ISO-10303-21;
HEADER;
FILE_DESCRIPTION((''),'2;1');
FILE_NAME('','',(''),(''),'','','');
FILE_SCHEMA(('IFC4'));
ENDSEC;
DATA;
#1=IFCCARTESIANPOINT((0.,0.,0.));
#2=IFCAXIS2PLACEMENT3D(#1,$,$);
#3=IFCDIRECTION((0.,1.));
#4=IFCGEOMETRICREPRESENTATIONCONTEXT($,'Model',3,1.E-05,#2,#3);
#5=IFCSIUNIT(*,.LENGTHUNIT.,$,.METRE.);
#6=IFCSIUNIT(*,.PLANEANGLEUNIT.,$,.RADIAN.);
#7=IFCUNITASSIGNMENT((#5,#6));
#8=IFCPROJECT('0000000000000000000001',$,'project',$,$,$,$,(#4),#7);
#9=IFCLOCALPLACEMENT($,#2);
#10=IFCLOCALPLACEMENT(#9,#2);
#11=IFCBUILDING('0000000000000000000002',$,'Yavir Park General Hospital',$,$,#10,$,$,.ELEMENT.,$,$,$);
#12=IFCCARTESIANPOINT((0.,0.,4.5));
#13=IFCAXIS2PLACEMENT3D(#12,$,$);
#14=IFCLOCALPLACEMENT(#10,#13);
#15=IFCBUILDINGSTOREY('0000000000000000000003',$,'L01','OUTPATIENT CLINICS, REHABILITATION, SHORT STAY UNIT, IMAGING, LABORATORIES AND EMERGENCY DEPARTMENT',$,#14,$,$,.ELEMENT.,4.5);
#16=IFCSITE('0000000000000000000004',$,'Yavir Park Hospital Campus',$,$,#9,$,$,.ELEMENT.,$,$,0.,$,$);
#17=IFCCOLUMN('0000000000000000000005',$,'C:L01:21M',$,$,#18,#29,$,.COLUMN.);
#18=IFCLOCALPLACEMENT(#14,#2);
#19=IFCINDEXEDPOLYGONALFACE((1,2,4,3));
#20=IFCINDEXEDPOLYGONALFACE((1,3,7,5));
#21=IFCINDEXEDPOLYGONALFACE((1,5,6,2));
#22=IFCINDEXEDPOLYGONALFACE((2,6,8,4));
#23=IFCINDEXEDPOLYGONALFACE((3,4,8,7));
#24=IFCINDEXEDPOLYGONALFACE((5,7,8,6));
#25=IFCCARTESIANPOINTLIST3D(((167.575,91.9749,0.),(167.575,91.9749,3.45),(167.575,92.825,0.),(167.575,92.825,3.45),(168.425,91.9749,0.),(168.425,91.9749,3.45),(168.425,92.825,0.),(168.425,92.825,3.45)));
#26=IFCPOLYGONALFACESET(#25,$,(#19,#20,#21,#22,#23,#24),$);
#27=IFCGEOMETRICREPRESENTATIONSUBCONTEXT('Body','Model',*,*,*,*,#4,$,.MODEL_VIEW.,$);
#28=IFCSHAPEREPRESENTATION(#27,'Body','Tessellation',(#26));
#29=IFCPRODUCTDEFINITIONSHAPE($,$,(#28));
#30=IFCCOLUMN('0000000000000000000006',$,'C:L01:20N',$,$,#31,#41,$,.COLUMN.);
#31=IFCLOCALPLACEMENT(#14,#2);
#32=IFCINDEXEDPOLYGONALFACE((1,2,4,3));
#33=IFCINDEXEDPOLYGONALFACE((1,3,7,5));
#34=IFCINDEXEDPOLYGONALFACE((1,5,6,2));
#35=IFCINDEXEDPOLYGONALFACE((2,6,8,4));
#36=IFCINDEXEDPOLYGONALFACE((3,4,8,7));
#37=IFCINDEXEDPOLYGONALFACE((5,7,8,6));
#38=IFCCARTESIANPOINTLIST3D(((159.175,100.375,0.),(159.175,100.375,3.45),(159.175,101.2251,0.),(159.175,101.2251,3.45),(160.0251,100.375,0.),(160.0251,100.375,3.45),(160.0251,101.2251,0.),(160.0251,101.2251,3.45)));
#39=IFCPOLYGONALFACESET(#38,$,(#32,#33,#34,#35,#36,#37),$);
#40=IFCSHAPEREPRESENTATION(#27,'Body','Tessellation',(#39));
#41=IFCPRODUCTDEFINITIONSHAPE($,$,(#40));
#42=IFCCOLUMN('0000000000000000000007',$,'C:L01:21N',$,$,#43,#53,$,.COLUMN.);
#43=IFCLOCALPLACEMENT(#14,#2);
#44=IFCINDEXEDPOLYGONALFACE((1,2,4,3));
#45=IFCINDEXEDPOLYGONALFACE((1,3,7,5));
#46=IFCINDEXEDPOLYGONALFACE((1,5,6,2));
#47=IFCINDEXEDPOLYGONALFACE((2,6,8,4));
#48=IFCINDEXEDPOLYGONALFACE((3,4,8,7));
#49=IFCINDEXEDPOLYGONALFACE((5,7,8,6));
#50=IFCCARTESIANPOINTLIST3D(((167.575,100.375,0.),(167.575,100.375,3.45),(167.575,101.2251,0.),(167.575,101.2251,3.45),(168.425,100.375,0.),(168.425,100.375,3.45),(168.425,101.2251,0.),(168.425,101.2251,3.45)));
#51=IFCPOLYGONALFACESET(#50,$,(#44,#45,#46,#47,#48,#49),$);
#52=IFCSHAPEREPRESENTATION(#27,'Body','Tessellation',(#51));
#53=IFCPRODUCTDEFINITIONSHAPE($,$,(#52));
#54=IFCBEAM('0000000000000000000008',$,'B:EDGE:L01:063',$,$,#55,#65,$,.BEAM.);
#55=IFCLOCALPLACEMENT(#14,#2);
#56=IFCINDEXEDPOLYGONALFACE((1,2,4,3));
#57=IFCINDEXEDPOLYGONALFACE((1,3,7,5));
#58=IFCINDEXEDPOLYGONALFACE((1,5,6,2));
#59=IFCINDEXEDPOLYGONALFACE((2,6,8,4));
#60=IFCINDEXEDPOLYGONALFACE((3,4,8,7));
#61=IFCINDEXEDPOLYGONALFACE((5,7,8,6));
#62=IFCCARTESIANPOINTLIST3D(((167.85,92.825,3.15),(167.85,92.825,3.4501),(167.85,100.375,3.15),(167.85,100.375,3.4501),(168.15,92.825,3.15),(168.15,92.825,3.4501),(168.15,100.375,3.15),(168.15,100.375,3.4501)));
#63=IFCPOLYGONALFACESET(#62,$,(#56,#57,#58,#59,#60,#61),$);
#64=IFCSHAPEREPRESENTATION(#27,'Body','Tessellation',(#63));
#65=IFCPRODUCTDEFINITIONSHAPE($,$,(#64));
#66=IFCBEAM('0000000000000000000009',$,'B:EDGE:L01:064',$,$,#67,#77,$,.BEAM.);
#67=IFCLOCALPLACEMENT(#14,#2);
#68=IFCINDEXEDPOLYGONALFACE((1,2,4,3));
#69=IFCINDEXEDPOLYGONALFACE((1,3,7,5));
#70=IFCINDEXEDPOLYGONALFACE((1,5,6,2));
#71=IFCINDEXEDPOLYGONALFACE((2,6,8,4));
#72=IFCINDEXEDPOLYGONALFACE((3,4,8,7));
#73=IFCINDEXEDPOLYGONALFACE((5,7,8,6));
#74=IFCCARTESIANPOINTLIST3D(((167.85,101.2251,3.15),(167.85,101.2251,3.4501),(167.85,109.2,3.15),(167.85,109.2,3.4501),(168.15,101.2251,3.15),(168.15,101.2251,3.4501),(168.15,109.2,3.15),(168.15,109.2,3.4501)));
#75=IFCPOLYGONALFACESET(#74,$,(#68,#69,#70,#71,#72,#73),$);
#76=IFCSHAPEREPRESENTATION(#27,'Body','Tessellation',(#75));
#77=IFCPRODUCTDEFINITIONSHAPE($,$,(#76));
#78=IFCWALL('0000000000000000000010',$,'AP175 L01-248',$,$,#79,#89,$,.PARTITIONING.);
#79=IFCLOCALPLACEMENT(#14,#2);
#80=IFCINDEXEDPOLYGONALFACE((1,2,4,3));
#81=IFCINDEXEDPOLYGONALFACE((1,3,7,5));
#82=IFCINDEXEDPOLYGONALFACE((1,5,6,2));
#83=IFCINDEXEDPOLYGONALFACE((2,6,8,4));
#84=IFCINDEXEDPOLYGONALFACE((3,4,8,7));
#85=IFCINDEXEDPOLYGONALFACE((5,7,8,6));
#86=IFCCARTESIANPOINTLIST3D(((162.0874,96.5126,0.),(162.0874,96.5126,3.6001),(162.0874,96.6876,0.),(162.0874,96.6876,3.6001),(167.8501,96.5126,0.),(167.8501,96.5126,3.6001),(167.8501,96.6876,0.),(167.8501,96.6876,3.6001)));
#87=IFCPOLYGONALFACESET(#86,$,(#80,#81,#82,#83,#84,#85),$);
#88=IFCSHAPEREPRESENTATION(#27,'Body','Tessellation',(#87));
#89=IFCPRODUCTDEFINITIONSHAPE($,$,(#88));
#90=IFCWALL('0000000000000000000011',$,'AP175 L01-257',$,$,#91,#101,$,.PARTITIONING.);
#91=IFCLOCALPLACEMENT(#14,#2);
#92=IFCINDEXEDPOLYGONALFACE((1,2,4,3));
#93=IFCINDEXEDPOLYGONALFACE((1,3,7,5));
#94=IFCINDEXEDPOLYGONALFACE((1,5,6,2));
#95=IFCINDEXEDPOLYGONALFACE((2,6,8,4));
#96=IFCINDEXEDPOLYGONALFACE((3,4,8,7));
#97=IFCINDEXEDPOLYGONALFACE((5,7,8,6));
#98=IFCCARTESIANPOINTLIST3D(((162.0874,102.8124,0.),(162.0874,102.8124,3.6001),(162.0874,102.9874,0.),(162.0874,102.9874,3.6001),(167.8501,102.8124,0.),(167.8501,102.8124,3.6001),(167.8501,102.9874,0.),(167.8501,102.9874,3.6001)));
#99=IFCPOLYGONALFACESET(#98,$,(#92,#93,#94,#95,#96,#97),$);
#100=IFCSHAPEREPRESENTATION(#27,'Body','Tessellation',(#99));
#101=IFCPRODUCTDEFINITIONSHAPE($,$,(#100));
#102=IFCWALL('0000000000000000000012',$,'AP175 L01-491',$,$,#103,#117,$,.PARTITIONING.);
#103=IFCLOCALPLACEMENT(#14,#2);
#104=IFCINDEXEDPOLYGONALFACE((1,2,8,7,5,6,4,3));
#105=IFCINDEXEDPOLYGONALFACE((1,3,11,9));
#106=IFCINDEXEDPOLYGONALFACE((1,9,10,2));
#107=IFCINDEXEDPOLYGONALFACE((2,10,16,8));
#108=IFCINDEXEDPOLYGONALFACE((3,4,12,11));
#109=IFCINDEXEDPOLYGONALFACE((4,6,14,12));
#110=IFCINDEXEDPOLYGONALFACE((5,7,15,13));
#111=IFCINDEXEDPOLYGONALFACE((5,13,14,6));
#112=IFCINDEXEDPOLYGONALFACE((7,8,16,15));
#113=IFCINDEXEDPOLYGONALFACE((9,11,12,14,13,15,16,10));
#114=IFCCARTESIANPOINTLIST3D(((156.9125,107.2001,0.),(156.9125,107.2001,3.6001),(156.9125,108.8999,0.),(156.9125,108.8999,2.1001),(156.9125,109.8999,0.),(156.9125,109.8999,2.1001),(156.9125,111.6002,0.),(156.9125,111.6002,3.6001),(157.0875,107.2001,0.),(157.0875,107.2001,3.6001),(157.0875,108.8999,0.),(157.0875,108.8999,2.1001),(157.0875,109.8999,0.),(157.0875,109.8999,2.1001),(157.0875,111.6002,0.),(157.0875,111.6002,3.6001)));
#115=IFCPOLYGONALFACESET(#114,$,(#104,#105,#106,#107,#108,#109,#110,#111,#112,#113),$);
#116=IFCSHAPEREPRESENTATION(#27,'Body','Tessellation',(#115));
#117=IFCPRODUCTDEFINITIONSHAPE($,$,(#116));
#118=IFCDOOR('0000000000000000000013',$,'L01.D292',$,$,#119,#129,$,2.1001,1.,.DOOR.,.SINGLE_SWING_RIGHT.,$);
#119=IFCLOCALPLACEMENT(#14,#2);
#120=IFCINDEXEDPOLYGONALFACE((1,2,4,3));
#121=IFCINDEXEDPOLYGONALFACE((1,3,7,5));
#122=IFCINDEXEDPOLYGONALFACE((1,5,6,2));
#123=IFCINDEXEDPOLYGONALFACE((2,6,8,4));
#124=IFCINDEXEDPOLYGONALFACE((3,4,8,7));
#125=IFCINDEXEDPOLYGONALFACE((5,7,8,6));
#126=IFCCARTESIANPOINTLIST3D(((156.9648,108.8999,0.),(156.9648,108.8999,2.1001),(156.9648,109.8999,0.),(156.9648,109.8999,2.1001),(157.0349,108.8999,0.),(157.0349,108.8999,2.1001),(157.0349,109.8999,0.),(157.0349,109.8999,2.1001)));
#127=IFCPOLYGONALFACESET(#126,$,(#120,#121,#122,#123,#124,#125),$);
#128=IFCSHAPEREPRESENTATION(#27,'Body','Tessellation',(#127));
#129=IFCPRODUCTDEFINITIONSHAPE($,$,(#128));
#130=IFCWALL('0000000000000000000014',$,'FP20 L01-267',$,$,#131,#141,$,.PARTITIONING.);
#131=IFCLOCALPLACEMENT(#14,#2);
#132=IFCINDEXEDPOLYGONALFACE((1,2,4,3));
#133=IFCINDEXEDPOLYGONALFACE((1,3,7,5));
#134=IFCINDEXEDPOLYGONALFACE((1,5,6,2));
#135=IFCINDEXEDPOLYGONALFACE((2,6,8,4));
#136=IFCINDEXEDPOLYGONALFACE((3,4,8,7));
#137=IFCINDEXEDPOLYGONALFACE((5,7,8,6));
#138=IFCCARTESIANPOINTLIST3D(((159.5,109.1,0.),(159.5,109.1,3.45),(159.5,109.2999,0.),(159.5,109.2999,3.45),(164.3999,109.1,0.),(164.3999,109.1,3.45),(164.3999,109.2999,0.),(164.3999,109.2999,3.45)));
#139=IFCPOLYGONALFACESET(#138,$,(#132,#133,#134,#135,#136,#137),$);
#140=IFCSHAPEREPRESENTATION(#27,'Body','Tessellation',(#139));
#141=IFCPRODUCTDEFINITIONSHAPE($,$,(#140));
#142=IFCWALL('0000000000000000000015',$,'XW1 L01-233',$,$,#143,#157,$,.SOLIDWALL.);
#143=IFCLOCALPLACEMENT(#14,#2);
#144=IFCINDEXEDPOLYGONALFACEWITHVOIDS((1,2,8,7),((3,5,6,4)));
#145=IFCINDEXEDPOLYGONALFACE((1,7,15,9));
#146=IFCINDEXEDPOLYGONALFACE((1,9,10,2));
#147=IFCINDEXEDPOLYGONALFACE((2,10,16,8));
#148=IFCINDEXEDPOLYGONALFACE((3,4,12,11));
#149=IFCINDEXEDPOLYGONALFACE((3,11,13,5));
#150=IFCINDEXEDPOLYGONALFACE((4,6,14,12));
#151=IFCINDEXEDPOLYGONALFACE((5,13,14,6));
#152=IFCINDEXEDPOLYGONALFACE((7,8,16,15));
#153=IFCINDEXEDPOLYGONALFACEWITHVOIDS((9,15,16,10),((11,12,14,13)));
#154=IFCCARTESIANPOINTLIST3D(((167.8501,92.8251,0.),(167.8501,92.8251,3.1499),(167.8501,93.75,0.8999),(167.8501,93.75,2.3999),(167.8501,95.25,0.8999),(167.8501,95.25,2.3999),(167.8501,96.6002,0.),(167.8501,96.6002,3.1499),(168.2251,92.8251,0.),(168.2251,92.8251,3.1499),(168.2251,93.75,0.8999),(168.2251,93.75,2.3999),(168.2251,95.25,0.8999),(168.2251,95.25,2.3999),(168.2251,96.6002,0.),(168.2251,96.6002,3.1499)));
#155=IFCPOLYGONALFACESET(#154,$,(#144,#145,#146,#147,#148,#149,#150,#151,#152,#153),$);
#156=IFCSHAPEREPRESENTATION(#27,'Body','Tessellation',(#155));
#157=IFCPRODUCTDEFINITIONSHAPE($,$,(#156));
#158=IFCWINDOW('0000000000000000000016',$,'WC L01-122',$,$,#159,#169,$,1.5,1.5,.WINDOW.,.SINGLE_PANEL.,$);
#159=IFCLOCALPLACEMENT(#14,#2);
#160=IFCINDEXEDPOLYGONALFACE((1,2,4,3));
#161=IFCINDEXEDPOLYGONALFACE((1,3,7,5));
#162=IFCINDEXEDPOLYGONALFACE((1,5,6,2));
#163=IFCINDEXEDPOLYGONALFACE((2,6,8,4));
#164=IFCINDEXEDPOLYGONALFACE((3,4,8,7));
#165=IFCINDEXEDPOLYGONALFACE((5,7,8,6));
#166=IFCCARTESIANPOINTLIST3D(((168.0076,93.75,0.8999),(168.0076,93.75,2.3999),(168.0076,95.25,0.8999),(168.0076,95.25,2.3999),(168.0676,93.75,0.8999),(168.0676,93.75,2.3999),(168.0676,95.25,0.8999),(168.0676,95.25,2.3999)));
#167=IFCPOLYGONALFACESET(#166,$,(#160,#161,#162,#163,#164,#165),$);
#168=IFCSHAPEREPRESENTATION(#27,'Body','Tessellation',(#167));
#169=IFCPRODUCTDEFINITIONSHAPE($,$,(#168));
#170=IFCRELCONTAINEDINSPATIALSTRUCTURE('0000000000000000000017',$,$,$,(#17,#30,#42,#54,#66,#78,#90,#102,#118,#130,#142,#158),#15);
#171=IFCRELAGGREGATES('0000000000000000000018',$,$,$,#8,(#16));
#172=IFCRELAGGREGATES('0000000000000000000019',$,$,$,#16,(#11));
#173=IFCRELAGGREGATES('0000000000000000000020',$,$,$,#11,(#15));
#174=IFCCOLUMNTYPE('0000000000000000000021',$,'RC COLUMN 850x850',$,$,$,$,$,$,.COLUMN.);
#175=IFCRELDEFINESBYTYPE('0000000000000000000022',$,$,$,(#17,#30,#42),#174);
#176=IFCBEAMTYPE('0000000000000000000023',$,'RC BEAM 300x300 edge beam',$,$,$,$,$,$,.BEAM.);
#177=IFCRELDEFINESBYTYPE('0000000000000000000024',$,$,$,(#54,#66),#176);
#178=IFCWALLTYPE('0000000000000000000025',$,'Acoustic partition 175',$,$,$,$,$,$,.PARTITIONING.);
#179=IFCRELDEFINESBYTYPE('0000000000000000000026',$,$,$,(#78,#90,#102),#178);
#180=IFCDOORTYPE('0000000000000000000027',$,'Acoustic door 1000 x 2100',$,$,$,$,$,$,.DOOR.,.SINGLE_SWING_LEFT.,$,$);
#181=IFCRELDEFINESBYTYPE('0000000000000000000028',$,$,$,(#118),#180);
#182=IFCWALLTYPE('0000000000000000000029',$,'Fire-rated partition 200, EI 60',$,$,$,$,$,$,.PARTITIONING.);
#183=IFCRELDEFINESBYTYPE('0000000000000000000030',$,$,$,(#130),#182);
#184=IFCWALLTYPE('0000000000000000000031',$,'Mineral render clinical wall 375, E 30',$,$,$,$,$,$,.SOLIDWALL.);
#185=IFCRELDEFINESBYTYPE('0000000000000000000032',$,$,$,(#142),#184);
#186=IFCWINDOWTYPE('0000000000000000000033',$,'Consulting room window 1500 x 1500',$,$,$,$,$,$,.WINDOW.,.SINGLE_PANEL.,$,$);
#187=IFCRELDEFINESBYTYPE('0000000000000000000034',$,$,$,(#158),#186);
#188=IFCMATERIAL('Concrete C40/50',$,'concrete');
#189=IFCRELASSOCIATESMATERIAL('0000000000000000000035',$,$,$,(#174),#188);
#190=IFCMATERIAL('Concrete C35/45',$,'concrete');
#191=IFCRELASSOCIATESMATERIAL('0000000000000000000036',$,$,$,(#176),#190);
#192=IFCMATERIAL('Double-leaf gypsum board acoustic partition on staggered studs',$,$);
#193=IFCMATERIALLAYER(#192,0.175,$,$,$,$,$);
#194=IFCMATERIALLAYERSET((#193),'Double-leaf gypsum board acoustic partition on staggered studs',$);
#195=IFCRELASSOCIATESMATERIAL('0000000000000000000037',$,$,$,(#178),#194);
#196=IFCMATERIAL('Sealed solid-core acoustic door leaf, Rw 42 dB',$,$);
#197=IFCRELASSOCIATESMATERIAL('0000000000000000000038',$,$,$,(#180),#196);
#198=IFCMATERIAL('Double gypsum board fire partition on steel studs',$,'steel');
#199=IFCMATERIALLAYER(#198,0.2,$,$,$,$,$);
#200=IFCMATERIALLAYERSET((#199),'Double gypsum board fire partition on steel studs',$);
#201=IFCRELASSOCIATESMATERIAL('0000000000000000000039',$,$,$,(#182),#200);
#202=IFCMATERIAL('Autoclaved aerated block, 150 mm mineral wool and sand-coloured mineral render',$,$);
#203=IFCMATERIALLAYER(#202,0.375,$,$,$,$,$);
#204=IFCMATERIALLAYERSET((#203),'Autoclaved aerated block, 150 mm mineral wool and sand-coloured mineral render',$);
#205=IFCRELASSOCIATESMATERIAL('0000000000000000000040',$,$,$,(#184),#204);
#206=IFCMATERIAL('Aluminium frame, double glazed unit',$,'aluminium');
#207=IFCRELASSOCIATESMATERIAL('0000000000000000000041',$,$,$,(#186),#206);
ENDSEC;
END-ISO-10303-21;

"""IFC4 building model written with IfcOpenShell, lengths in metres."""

from ifc_helpers import new_model, si_unit, direction, frame, frame_2d, origin, origin_2d, place, context, subcontext, project, spatial, rectangle, extrude, material, layer, layer_set, material_profile, profile_set, type_object, element, fill, save


model = new_model("IFC4")

# Units and contexts
model_context = context("Model", 3, precision=1e-05, world=origin(), true_north=direction((0.0, 1.0)))
body_context = subcontext(model_context, "Body", "Model", "MODEL_VIEW")
ifc_project = project(units=[si_unit("LENGTHUNIT", "METRE"), si_unit("PLANEANGLEUNIT", "RADIAN")], contexts=[model_context])

# Site, building, storey
site_placement = place(None, origin())
site = spatial("IfcSite", under=ifc_project, at=site_placement, Name="Yavir Park Hospital Campus", CompositionType="ELEMENT", RefElevation=0.0)
building_placement = place(site_placement, origin())
building = spatial("IfcBuilding", under=site, at=building_placement, Name="Yavir Park General Hospital", CompositionType="ELEMENT")
storey_placement = place(building_placement, frame((0.0, 0.0, 4.5)))
storey = spatial("IfcBuildingStorey", under=building, at=storey_placement, Name="L01", Description="OUTPATIENT CLINICS, REHABILITATION, SHORT STAY UNIT, IMAGING, LABORATORIES AND EMERGENCY DEPARTMENT", CompositionType="ELEMENT", Elevation=4.5)

# Columns
ifc_material_1 = material(Name="Concrete C40/50", Category="concrete")
ifc_material_profile_1 = material_profile(ifc_material_1, rectangle(XDim=0.8501, YDim=0.8501, at=origin_2d()), Name="RC850x850")
ifc_profile_set_1 = profile_set([ifc_material_profile_1], Name="Concrete C40/50")
column_type = type_object("IfcColumnType", Name="RC COLUMN 850x850", PredefinedType="COLUMN", material=ifc_profile_set_1)
for number, where, z_axis, x_axis, name in (
    (1, (168.0, 92.3999, 0.0), (0.0, 0.0, 1.0), (1.0, 0.0, 0.0), "C:L01:21M"),
    (2, (159.6001, 100.8, 0.0), (0.0, 0.0, 1.0), (1.0, 0.0, 0.0), "C:L01:20N"),
    (3, (168.0, 100.8, 0.0), (0.0, 0.0, 1.0), (1.0, 0.0, 0.0), "C:L01:21N"),
):
    element("IfcColumn", number, at=place(storey_placement, frame(where, z_axis=z_axis, x_axis=x_axis)), inside=storey, type_object=column_type, Name=name, PredefinedType="COLUMN", context=body_context, shape_type="SweptSolid", body=[
        extrude(rectangle(XDim=0.8501, YDim=0.8501, at=origin_2d()), origin(), (0.0, 0.0, 1.0), 3.45),
    ])

# Beams
ifc_material_2 = material(Name="Concrete C35/45", Category="concrete")
ifc_material_profile_2 = material_profile(ifc_material_2, rectangle(XDim=0.3, YDim=0.3, at=origin_2d()), Name="RC300x300")
ifc_profile_set_2 = profile_set([ifc_material_profile_2], Name="Concrete C35/45")
beam_type = type_object("IfcBeamType", Name="RC BEAM 300x300 edge beam", PredefinedType="BEAM", material=ifc_profile_set_2)
beam_1_placement = place(storey_placement, frame((168.0, 92.825, 3.3), z_axis=(0.0, 1.0, 0.0), x_axis=(-1.0, 0.0, 0.0)))
element("IfcBeam", 4, at=beam_1_placement, inside=storey, type_object=beam_type, Name="B:EDGE:L01:063", PredefinedType="BEAM", context=body_context, shape_type="SweptSolid", body=[
    extrude(rectangle(XDim=0.3, YDim=0.3, at=origin_2d()), origin(), (0.0, 0.0, 1.0), 7.55),
])
beam_2_placement = place(storey_placement, frame((168.0, 101.2251, 3.3), z_axis=(0.0, 1.0, 0.0), x_axis=(-1.0, 0.0, 0.0)))
element("IfcBeam", 5, at=beam_2_placement, inside=storey, type_object=beam_type, Name="B:EDGE:L01:064", PredefinedType="BEAM", context=body_context, shape_type="SweptSolid", body=[
    extrude(rectangle(XDim=0.3, YDim=0.3, at=origin_2d()), origin(), (0.0, 0.0, 1.0), 7.9749),
])

# Walls
ifc_material_3 = material(Name="Double-leaf gypsum board acoustic partition on staggered studs")
ifc_layer_1 = layer(ifc_material_3, 0.175)
ifc_layer_set_1 = layer_set([ifc_layer_1], Name="Double-leaf gypsum board acoustic partition on staggered studs")
wall_type_1 = type_object("IfcWallType", Name="Acoustic partition 175", PredefinedType="PARTITIONING", material=ifc_layer_set_1)
for number, where, z_axis, x_axis, name in (
    (6, (162.0874, 96.6001, 0.0), (0.0, 0.0, 1.0), (1.0, 0.0, 0.0), "AP175 L01-248"),
    (7, (162.0874, 102.8999, 0.0), (0.0, 0.0, 1.0), (1.0, 0.0, 0.0), "AP175 L01-257"),
):
    element("IfcWall", number, at=place(storey_placement, frame(where, z_axis=z_axis, x_axis=x_axis)), inside=storey, type_object=wall_type_1, Name=name, PredefinedType="PARTITIONING", context=body_context, shape_type="SweptSolid", body=[
        extrude(rectangle(XDim=5.7627, YDim=0.175, at=frame_2d((2.8813, 0.0))), origin(), (0.0, 0.0, 1.0), 3.6001),
    ])

# Wall, opening, door
wall_1_placement = place(storey_placement, frame((157.0, 107.2, 0.0), z_axis=(0.0, 0.0, 1.0), x_axis=(0.0, 1.0, 0.0)))
wall_1 = element("IfcWall", 8, at=wall_1_placement, inside=storey, type_object=wall_type_1, Name="AP175 L01-491", PredefinedType="PARTITIONING", context=body_context, shape_type="SweptSolid", body=[
    extrude(rectangle(XDim=4.4001, YDim=0.175, at=frame_2d((2.2002, 0.0))), origin(), (0.0, 0.0, 1.0), 3.6001),
])
opening_1_placement = place(wall_1_placement, frame((1.7, 0.0, 0.0)))
opening_1 = element("IfcOpeningElement", 9, at=opening_1_placement, cuts=wall_1, PredefinedType="OPENING", context=body_context, shape_type="SweptSolid", body=[
    extrude(rectangle(XDim=1.0, YDim=2.1001, at=frame_2d((0.5, 1.05))), frame((0.0, 0.0974, 0.0), z_axis=(0.0, -1.0, 0.0), x_axis=(1.0, 0.0, 0.0)), (0.0, 0.0, 1.0), 0.1951),
])
ifc_material_4 = material(Name="Sealed solid-core acoustic door leaf, Rw 42 dB")
door_type = type_object("IfcDoorType", Name="Acoustic door 1000 x 2100", OperationType="SINGLE_SWING_LEFT", PredefinedType="DOOR", material=ifc_material_4)
door_placement = place(opening_1_placement, origin())
door = element("IfcDoor", 10, at=door_placement, inside=storey, type_object=door_type, Name="L01.D292", OperationType="SINGLE_SWING_RIGHT", OverallHeight=2.1001, OverallWidth=1.0, PredefinedType="DOOR", context=body_context, shape_type="SweptSolid", body=[
    extrude(rectangle(XDim=1.0, YDim=2.1001, at=frame_2d((0.5, 1.05))), frame((0.0, 0.0352, 0.0), z_axis=(0.0, -1.0, 0.0), x_axis=(1.0, 0.0, 0.0)), (0.0, 0.0, 1.0), 0.0701),
])
fill(opening_1, door)

# Wall
ifc_material_5 = material(Name="Double gypsum board fire partition on steel studs", Category="steel")
ifc_layer_2 = layer(ifc_material_5, 0.2)
ifc_layer_set_2 = layer_set([ifc_layer_2], Name="Double gypsum board fire partition on steel studs")
wall_type_2 = type_object("IfcWallType", Name="Fire-rated partition 200, EI 60", PredefinedType="PARTITIONING", material=ifc_layer_set_2)
wall_2_placement = place(storey_placement, frame((159.5, 109.2, 0.0), z_axis=(0.0, 0.0, 1.0), x_axis=(1.0, 0.0, 0.0)))
element("IfcWall", 11, at=wall_2_placement, inside=storey, type_object=wall_type_2, Name="FP20 L01-267", PredefinedType="PARTITIONING", context=body_context, shape_type="SweptSolid", body=[
    extrude(rectangle(XDim=4.8999, YDim=0.2, at=frame_2d((2.45, 0.0))), origin(), (0.0, 0.0, 1.0), 3.45),
])

# Wall, opening, window
ifc_material_6 = material(Name="Autoclaved aerated block, 150 mm mineral wool and sand-coloured mineral render")
ifc_layer_3 = layer(ifc_material_6, 0.375)
ifc_layer_set_3 = layer_set([ifc_layer_3], Name="Autoclaved aerated block, 150 mm mineral wool and sand-coloured mineral render")
wall_type_3 = type_object("IfcWallType", Name="Mineral render clinical wall 375, E 30", PredefinedType="SOLIDWALL", material=ifc_layer_set_3)
wall_3_placement = place(storey_placement, frame((168.0376, 92.825, 0.0), z_axis=(0.0, 0.0, 1.0), x_axis=(0.0, 1.0, 0.0)))
wall_3 = element("IfcWall", 12, at=wall_3_placement, inside=storey, type_object=wall_type_3, Name="XW1 L01-233", PredefinedType="SOLIDWALL", context=body_context, shape_type="SweptSolid", body=[
    extrude(rectangle(XDim=3.7751, YDim=0.375, at=frame_2d((1.8877, 0.0))), origin(), (0.0, 0.0, 1.0), 3.1499),
])
opening_2_placement = place(wall_3_placement, frame((0.925, 0.0, 0.8999)))
opening_2 = element("IfcOpeningElement", 13, at=opening_2_placement, cuts=wall_3, PredefinedType="OPENING", context=body_context, shape_type="SweptSolid", body=[
    extrude(rectangle(XDim=1.5, YDim=1.5, at=frame_2d((0.75, 0.75))), frame((0.0, 0.1975, 0.0), z_axis=(0.0, -1.0, 0.0), x_axis=(1.0, 0.0, 0.0)), (0.0, 0.0, 1.0), 0.395),
])
ifc_material_7 = material(Name="Aluminium frame, double glazed unit", Category="aluminium")
window_type = type_object("IfcWindowType", Name="Consulting room window 1500 x 1500", PartitioningType="SINGLE_PANEL", PredefinedType="WINDOW", material=ifc_material_7)
window_1_placement = place(opening_2_placement, origin())
window_1 = element("IfcWindow", 14, at=window_1_placement, inside=storey, type_object=window_type, Name="WC L01-122", OverallHeight=1.5, OverallWidth=1.5, PartitioningType="SINGLE_PANEL", PredefinedType="WINDOW", context=body_context, shape_type="SweptSolid", body=[
    extrude(rectangle(XDim=1.5, YDim=1.5, at=frame_2d((0.75, 0.75))), frame((0.0, 0.03, 0.0), z_axis=(0.0, -1.0, 0.0), x_axis=(1.0, 0.0, 0.0)), (0.0, 0.0, 1.0), 0.0601),
])
fill(opening_2, window_1)

save(model, "model.ifc")
